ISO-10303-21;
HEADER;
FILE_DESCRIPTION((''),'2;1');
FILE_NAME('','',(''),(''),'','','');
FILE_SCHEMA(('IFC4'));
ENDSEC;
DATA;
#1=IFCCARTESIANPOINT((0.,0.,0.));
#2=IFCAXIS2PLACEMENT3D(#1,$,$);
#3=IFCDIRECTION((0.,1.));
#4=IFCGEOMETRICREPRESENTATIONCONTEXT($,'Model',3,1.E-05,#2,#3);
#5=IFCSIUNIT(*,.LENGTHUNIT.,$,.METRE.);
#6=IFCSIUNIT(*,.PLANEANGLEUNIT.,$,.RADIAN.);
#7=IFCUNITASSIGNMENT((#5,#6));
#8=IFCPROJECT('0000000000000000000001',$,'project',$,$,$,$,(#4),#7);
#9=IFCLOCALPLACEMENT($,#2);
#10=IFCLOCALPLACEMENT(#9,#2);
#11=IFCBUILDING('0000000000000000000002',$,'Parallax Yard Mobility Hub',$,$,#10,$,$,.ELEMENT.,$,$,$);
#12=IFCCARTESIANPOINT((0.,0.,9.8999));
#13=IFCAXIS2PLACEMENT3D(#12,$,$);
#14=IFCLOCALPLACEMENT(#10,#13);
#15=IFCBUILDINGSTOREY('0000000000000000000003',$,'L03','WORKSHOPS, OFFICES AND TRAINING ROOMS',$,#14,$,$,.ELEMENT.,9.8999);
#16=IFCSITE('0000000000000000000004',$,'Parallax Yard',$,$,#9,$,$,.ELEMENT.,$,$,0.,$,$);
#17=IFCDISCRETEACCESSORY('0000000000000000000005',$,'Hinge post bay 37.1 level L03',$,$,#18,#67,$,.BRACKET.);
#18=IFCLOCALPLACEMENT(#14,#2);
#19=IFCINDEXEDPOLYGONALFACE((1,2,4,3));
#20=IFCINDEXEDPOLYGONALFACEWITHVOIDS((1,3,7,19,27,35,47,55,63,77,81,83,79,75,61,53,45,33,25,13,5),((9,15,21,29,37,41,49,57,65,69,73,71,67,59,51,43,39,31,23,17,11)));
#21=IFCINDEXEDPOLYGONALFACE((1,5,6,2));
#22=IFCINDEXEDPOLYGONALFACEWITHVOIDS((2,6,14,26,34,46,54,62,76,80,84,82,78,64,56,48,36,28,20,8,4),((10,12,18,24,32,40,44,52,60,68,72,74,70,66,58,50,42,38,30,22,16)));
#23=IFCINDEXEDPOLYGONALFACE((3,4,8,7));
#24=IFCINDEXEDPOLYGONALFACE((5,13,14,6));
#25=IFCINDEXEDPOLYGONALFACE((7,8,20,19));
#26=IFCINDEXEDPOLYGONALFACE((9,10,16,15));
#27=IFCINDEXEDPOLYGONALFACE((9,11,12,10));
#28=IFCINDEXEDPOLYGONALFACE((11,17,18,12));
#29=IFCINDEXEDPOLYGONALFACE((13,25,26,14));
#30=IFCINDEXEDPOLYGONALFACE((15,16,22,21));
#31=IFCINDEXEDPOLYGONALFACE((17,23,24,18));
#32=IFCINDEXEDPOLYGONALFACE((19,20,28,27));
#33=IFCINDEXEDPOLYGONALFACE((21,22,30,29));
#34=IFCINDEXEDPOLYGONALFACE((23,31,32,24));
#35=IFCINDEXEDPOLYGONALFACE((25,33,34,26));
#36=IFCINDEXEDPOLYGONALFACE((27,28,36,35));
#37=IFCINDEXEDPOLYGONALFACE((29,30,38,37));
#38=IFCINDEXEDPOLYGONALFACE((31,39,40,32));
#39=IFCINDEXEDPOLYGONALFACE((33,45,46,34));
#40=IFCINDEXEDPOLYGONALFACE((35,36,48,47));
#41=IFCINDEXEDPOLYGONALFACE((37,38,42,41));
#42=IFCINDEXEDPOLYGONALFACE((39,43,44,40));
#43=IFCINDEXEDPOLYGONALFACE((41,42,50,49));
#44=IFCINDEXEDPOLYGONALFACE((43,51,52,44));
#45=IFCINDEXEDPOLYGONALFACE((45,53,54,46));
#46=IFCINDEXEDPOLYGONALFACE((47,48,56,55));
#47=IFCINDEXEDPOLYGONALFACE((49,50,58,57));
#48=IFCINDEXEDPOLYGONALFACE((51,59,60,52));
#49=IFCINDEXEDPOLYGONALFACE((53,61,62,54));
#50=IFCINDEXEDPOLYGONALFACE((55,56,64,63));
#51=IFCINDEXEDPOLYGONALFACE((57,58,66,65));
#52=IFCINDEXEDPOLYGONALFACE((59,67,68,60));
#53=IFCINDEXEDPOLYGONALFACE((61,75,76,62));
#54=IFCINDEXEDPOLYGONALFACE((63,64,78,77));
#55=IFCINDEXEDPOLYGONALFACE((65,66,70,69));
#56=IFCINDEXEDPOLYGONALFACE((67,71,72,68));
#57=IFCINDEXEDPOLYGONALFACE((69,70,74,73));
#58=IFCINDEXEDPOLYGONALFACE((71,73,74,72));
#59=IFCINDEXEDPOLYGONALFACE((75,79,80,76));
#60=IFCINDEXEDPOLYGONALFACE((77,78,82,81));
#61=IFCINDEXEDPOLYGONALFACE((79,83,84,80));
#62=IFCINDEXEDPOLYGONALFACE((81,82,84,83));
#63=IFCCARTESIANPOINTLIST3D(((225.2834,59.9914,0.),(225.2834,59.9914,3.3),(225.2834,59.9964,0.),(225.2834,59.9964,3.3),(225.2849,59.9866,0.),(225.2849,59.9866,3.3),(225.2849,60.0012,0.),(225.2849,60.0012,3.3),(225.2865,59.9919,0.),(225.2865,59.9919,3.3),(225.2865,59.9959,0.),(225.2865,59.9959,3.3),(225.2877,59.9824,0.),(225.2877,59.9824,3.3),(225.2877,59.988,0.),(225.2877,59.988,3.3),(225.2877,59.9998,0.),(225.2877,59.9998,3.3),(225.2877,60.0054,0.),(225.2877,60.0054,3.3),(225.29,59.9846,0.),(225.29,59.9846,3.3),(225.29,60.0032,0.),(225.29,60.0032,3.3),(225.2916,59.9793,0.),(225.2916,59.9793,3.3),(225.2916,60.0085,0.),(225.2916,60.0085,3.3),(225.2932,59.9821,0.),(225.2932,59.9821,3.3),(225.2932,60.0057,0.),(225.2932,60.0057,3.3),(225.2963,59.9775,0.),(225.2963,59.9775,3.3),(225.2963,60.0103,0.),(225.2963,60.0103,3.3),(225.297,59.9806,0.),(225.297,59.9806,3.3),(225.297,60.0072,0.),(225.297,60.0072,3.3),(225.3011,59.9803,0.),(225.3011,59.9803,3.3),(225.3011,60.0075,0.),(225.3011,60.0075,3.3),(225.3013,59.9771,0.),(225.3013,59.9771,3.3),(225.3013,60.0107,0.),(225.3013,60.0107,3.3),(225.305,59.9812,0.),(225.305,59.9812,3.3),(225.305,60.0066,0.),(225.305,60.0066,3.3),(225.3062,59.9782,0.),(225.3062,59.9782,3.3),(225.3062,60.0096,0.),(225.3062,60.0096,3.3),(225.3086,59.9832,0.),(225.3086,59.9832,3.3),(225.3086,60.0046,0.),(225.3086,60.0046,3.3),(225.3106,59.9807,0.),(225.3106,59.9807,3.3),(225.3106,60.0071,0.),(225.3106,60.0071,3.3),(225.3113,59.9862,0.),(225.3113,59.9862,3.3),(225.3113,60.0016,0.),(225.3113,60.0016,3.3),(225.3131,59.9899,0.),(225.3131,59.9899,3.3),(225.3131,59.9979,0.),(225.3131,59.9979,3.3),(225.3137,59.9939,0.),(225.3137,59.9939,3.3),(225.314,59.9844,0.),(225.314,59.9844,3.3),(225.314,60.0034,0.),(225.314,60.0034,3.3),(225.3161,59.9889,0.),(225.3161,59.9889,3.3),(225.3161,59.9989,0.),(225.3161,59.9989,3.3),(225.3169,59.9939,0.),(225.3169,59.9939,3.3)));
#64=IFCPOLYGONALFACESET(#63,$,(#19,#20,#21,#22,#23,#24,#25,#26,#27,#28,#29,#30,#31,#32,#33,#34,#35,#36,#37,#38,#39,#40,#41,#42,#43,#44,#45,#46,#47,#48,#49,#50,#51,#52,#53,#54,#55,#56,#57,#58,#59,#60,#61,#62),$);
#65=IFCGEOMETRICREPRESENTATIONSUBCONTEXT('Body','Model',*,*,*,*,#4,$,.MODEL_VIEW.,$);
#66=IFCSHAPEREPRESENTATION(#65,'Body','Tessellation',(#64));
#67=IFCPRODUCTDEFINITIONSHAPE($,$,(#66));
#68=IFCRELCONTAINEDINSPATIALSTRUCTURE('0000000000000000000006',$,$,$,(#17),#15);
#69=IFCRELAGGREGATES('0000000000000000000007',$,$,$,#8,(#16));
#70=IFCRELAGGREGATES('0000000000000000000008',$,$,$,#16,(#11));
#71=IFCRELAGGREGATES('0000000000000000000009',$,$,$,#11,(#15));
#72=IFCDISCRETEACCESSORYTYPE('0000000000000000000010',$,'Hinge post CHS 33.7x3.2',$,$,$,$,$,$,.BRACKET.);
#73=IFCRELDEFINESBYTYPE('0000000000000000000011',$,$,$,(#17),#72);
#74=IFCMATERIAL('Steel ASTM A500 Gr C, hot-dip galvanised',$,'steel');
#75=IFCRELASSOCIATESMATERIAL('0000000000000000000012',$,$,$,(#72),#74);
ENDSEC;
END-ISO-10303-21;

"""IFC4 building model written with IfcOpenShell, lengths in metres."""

from ifc_helpers import new_model, si_unit, direction, frame, origin, origin_2d, place, context, subcontext, project, spatial, hollow_circle, extrude, material, material_profile, profile_set, type_object, element, save


model = new_model("IFC4")

# Units and contexts
model_context = context("Model", 3, precision=1e-05, world=origin(), true_north=direction((0.0, 1.0)))
body_context = subcontext(model_context, "Body", "Model", "MODEL_VIEW")
ifc_project = project(units=[si_unit("LENGTHUNIT", "METRE"), si_unit("PLANEANGLEUNIT", "RADIAN")], contexts=[model_context])

# Site, building, storey
site_placement = place(None, origin())
site = spatial("IfcSite", under=ifc_project, at=site_placement, Name="Parallax Yard", CompositionType="ELEMENT", RefElevation=0.0)
building_placement = place(site_placement, origin())
building = spatial("IfcBuilding", under=site, at=building_placement, Name="Parallax Yard Mobility Hub", CompositionType="ELEMENT")
storey_placement = place(building_placement, frame((0.0, 0.0, 9.8999)))
storey = spatial("IfcBuildingStorey", under=building, at=storey_placement, Name="L03", Description="WORKSHOPS, OFFICES AND TRAINING ROOMS", CompositionType="ELEMENT", Elevation=9.8999)

# Discrete accessory
ifc_material_1 = material(Name="Steel ASTM A500 Gr C, hot-dip galvanised", Category="steel")
ifc_material_profile = material_profile(ifc_material_1, hollow_circle(Radius=0.0168, WallThickness=0.0032, at=origin_2d()), Name="CHS 33.7x3.2")
ifc_profile_set = profile_set([ifc_material_profile], Name="Steel ASTM A500 Gr C, hot-dip galvanised")
discrete_accessory_type = type_object("IfcDiscreteAccessoryType", Name="Hinge post CHS 33.7x3.2", PredefinedType="BRACKET", material=ifc_profile_set)
discrete_accessory_placement = place(storey_placement, frame((225.3, 59.9939, 0.0), z_axis=(0.0, 0.0, 1.0), x_axis=(1.0, 0.0, 0.0)))
element("IfcDiscreteAccessory", 1, at=discrete_accessory_placement, inside=storey, type_object=discrete_accessory_type, Name="Hinge post bay 37.1 level L03", PredefinedType="BRACKET", context=body_context, shape_type="SweptSolid", body=[
    extrude(hollow_circle(Radius=0.0168, WallThickness=0.0032, at=origin_2d()), origin(), (0.0, 0.0, 1.0), 3.3),
])

save(model, "model.ifc")
